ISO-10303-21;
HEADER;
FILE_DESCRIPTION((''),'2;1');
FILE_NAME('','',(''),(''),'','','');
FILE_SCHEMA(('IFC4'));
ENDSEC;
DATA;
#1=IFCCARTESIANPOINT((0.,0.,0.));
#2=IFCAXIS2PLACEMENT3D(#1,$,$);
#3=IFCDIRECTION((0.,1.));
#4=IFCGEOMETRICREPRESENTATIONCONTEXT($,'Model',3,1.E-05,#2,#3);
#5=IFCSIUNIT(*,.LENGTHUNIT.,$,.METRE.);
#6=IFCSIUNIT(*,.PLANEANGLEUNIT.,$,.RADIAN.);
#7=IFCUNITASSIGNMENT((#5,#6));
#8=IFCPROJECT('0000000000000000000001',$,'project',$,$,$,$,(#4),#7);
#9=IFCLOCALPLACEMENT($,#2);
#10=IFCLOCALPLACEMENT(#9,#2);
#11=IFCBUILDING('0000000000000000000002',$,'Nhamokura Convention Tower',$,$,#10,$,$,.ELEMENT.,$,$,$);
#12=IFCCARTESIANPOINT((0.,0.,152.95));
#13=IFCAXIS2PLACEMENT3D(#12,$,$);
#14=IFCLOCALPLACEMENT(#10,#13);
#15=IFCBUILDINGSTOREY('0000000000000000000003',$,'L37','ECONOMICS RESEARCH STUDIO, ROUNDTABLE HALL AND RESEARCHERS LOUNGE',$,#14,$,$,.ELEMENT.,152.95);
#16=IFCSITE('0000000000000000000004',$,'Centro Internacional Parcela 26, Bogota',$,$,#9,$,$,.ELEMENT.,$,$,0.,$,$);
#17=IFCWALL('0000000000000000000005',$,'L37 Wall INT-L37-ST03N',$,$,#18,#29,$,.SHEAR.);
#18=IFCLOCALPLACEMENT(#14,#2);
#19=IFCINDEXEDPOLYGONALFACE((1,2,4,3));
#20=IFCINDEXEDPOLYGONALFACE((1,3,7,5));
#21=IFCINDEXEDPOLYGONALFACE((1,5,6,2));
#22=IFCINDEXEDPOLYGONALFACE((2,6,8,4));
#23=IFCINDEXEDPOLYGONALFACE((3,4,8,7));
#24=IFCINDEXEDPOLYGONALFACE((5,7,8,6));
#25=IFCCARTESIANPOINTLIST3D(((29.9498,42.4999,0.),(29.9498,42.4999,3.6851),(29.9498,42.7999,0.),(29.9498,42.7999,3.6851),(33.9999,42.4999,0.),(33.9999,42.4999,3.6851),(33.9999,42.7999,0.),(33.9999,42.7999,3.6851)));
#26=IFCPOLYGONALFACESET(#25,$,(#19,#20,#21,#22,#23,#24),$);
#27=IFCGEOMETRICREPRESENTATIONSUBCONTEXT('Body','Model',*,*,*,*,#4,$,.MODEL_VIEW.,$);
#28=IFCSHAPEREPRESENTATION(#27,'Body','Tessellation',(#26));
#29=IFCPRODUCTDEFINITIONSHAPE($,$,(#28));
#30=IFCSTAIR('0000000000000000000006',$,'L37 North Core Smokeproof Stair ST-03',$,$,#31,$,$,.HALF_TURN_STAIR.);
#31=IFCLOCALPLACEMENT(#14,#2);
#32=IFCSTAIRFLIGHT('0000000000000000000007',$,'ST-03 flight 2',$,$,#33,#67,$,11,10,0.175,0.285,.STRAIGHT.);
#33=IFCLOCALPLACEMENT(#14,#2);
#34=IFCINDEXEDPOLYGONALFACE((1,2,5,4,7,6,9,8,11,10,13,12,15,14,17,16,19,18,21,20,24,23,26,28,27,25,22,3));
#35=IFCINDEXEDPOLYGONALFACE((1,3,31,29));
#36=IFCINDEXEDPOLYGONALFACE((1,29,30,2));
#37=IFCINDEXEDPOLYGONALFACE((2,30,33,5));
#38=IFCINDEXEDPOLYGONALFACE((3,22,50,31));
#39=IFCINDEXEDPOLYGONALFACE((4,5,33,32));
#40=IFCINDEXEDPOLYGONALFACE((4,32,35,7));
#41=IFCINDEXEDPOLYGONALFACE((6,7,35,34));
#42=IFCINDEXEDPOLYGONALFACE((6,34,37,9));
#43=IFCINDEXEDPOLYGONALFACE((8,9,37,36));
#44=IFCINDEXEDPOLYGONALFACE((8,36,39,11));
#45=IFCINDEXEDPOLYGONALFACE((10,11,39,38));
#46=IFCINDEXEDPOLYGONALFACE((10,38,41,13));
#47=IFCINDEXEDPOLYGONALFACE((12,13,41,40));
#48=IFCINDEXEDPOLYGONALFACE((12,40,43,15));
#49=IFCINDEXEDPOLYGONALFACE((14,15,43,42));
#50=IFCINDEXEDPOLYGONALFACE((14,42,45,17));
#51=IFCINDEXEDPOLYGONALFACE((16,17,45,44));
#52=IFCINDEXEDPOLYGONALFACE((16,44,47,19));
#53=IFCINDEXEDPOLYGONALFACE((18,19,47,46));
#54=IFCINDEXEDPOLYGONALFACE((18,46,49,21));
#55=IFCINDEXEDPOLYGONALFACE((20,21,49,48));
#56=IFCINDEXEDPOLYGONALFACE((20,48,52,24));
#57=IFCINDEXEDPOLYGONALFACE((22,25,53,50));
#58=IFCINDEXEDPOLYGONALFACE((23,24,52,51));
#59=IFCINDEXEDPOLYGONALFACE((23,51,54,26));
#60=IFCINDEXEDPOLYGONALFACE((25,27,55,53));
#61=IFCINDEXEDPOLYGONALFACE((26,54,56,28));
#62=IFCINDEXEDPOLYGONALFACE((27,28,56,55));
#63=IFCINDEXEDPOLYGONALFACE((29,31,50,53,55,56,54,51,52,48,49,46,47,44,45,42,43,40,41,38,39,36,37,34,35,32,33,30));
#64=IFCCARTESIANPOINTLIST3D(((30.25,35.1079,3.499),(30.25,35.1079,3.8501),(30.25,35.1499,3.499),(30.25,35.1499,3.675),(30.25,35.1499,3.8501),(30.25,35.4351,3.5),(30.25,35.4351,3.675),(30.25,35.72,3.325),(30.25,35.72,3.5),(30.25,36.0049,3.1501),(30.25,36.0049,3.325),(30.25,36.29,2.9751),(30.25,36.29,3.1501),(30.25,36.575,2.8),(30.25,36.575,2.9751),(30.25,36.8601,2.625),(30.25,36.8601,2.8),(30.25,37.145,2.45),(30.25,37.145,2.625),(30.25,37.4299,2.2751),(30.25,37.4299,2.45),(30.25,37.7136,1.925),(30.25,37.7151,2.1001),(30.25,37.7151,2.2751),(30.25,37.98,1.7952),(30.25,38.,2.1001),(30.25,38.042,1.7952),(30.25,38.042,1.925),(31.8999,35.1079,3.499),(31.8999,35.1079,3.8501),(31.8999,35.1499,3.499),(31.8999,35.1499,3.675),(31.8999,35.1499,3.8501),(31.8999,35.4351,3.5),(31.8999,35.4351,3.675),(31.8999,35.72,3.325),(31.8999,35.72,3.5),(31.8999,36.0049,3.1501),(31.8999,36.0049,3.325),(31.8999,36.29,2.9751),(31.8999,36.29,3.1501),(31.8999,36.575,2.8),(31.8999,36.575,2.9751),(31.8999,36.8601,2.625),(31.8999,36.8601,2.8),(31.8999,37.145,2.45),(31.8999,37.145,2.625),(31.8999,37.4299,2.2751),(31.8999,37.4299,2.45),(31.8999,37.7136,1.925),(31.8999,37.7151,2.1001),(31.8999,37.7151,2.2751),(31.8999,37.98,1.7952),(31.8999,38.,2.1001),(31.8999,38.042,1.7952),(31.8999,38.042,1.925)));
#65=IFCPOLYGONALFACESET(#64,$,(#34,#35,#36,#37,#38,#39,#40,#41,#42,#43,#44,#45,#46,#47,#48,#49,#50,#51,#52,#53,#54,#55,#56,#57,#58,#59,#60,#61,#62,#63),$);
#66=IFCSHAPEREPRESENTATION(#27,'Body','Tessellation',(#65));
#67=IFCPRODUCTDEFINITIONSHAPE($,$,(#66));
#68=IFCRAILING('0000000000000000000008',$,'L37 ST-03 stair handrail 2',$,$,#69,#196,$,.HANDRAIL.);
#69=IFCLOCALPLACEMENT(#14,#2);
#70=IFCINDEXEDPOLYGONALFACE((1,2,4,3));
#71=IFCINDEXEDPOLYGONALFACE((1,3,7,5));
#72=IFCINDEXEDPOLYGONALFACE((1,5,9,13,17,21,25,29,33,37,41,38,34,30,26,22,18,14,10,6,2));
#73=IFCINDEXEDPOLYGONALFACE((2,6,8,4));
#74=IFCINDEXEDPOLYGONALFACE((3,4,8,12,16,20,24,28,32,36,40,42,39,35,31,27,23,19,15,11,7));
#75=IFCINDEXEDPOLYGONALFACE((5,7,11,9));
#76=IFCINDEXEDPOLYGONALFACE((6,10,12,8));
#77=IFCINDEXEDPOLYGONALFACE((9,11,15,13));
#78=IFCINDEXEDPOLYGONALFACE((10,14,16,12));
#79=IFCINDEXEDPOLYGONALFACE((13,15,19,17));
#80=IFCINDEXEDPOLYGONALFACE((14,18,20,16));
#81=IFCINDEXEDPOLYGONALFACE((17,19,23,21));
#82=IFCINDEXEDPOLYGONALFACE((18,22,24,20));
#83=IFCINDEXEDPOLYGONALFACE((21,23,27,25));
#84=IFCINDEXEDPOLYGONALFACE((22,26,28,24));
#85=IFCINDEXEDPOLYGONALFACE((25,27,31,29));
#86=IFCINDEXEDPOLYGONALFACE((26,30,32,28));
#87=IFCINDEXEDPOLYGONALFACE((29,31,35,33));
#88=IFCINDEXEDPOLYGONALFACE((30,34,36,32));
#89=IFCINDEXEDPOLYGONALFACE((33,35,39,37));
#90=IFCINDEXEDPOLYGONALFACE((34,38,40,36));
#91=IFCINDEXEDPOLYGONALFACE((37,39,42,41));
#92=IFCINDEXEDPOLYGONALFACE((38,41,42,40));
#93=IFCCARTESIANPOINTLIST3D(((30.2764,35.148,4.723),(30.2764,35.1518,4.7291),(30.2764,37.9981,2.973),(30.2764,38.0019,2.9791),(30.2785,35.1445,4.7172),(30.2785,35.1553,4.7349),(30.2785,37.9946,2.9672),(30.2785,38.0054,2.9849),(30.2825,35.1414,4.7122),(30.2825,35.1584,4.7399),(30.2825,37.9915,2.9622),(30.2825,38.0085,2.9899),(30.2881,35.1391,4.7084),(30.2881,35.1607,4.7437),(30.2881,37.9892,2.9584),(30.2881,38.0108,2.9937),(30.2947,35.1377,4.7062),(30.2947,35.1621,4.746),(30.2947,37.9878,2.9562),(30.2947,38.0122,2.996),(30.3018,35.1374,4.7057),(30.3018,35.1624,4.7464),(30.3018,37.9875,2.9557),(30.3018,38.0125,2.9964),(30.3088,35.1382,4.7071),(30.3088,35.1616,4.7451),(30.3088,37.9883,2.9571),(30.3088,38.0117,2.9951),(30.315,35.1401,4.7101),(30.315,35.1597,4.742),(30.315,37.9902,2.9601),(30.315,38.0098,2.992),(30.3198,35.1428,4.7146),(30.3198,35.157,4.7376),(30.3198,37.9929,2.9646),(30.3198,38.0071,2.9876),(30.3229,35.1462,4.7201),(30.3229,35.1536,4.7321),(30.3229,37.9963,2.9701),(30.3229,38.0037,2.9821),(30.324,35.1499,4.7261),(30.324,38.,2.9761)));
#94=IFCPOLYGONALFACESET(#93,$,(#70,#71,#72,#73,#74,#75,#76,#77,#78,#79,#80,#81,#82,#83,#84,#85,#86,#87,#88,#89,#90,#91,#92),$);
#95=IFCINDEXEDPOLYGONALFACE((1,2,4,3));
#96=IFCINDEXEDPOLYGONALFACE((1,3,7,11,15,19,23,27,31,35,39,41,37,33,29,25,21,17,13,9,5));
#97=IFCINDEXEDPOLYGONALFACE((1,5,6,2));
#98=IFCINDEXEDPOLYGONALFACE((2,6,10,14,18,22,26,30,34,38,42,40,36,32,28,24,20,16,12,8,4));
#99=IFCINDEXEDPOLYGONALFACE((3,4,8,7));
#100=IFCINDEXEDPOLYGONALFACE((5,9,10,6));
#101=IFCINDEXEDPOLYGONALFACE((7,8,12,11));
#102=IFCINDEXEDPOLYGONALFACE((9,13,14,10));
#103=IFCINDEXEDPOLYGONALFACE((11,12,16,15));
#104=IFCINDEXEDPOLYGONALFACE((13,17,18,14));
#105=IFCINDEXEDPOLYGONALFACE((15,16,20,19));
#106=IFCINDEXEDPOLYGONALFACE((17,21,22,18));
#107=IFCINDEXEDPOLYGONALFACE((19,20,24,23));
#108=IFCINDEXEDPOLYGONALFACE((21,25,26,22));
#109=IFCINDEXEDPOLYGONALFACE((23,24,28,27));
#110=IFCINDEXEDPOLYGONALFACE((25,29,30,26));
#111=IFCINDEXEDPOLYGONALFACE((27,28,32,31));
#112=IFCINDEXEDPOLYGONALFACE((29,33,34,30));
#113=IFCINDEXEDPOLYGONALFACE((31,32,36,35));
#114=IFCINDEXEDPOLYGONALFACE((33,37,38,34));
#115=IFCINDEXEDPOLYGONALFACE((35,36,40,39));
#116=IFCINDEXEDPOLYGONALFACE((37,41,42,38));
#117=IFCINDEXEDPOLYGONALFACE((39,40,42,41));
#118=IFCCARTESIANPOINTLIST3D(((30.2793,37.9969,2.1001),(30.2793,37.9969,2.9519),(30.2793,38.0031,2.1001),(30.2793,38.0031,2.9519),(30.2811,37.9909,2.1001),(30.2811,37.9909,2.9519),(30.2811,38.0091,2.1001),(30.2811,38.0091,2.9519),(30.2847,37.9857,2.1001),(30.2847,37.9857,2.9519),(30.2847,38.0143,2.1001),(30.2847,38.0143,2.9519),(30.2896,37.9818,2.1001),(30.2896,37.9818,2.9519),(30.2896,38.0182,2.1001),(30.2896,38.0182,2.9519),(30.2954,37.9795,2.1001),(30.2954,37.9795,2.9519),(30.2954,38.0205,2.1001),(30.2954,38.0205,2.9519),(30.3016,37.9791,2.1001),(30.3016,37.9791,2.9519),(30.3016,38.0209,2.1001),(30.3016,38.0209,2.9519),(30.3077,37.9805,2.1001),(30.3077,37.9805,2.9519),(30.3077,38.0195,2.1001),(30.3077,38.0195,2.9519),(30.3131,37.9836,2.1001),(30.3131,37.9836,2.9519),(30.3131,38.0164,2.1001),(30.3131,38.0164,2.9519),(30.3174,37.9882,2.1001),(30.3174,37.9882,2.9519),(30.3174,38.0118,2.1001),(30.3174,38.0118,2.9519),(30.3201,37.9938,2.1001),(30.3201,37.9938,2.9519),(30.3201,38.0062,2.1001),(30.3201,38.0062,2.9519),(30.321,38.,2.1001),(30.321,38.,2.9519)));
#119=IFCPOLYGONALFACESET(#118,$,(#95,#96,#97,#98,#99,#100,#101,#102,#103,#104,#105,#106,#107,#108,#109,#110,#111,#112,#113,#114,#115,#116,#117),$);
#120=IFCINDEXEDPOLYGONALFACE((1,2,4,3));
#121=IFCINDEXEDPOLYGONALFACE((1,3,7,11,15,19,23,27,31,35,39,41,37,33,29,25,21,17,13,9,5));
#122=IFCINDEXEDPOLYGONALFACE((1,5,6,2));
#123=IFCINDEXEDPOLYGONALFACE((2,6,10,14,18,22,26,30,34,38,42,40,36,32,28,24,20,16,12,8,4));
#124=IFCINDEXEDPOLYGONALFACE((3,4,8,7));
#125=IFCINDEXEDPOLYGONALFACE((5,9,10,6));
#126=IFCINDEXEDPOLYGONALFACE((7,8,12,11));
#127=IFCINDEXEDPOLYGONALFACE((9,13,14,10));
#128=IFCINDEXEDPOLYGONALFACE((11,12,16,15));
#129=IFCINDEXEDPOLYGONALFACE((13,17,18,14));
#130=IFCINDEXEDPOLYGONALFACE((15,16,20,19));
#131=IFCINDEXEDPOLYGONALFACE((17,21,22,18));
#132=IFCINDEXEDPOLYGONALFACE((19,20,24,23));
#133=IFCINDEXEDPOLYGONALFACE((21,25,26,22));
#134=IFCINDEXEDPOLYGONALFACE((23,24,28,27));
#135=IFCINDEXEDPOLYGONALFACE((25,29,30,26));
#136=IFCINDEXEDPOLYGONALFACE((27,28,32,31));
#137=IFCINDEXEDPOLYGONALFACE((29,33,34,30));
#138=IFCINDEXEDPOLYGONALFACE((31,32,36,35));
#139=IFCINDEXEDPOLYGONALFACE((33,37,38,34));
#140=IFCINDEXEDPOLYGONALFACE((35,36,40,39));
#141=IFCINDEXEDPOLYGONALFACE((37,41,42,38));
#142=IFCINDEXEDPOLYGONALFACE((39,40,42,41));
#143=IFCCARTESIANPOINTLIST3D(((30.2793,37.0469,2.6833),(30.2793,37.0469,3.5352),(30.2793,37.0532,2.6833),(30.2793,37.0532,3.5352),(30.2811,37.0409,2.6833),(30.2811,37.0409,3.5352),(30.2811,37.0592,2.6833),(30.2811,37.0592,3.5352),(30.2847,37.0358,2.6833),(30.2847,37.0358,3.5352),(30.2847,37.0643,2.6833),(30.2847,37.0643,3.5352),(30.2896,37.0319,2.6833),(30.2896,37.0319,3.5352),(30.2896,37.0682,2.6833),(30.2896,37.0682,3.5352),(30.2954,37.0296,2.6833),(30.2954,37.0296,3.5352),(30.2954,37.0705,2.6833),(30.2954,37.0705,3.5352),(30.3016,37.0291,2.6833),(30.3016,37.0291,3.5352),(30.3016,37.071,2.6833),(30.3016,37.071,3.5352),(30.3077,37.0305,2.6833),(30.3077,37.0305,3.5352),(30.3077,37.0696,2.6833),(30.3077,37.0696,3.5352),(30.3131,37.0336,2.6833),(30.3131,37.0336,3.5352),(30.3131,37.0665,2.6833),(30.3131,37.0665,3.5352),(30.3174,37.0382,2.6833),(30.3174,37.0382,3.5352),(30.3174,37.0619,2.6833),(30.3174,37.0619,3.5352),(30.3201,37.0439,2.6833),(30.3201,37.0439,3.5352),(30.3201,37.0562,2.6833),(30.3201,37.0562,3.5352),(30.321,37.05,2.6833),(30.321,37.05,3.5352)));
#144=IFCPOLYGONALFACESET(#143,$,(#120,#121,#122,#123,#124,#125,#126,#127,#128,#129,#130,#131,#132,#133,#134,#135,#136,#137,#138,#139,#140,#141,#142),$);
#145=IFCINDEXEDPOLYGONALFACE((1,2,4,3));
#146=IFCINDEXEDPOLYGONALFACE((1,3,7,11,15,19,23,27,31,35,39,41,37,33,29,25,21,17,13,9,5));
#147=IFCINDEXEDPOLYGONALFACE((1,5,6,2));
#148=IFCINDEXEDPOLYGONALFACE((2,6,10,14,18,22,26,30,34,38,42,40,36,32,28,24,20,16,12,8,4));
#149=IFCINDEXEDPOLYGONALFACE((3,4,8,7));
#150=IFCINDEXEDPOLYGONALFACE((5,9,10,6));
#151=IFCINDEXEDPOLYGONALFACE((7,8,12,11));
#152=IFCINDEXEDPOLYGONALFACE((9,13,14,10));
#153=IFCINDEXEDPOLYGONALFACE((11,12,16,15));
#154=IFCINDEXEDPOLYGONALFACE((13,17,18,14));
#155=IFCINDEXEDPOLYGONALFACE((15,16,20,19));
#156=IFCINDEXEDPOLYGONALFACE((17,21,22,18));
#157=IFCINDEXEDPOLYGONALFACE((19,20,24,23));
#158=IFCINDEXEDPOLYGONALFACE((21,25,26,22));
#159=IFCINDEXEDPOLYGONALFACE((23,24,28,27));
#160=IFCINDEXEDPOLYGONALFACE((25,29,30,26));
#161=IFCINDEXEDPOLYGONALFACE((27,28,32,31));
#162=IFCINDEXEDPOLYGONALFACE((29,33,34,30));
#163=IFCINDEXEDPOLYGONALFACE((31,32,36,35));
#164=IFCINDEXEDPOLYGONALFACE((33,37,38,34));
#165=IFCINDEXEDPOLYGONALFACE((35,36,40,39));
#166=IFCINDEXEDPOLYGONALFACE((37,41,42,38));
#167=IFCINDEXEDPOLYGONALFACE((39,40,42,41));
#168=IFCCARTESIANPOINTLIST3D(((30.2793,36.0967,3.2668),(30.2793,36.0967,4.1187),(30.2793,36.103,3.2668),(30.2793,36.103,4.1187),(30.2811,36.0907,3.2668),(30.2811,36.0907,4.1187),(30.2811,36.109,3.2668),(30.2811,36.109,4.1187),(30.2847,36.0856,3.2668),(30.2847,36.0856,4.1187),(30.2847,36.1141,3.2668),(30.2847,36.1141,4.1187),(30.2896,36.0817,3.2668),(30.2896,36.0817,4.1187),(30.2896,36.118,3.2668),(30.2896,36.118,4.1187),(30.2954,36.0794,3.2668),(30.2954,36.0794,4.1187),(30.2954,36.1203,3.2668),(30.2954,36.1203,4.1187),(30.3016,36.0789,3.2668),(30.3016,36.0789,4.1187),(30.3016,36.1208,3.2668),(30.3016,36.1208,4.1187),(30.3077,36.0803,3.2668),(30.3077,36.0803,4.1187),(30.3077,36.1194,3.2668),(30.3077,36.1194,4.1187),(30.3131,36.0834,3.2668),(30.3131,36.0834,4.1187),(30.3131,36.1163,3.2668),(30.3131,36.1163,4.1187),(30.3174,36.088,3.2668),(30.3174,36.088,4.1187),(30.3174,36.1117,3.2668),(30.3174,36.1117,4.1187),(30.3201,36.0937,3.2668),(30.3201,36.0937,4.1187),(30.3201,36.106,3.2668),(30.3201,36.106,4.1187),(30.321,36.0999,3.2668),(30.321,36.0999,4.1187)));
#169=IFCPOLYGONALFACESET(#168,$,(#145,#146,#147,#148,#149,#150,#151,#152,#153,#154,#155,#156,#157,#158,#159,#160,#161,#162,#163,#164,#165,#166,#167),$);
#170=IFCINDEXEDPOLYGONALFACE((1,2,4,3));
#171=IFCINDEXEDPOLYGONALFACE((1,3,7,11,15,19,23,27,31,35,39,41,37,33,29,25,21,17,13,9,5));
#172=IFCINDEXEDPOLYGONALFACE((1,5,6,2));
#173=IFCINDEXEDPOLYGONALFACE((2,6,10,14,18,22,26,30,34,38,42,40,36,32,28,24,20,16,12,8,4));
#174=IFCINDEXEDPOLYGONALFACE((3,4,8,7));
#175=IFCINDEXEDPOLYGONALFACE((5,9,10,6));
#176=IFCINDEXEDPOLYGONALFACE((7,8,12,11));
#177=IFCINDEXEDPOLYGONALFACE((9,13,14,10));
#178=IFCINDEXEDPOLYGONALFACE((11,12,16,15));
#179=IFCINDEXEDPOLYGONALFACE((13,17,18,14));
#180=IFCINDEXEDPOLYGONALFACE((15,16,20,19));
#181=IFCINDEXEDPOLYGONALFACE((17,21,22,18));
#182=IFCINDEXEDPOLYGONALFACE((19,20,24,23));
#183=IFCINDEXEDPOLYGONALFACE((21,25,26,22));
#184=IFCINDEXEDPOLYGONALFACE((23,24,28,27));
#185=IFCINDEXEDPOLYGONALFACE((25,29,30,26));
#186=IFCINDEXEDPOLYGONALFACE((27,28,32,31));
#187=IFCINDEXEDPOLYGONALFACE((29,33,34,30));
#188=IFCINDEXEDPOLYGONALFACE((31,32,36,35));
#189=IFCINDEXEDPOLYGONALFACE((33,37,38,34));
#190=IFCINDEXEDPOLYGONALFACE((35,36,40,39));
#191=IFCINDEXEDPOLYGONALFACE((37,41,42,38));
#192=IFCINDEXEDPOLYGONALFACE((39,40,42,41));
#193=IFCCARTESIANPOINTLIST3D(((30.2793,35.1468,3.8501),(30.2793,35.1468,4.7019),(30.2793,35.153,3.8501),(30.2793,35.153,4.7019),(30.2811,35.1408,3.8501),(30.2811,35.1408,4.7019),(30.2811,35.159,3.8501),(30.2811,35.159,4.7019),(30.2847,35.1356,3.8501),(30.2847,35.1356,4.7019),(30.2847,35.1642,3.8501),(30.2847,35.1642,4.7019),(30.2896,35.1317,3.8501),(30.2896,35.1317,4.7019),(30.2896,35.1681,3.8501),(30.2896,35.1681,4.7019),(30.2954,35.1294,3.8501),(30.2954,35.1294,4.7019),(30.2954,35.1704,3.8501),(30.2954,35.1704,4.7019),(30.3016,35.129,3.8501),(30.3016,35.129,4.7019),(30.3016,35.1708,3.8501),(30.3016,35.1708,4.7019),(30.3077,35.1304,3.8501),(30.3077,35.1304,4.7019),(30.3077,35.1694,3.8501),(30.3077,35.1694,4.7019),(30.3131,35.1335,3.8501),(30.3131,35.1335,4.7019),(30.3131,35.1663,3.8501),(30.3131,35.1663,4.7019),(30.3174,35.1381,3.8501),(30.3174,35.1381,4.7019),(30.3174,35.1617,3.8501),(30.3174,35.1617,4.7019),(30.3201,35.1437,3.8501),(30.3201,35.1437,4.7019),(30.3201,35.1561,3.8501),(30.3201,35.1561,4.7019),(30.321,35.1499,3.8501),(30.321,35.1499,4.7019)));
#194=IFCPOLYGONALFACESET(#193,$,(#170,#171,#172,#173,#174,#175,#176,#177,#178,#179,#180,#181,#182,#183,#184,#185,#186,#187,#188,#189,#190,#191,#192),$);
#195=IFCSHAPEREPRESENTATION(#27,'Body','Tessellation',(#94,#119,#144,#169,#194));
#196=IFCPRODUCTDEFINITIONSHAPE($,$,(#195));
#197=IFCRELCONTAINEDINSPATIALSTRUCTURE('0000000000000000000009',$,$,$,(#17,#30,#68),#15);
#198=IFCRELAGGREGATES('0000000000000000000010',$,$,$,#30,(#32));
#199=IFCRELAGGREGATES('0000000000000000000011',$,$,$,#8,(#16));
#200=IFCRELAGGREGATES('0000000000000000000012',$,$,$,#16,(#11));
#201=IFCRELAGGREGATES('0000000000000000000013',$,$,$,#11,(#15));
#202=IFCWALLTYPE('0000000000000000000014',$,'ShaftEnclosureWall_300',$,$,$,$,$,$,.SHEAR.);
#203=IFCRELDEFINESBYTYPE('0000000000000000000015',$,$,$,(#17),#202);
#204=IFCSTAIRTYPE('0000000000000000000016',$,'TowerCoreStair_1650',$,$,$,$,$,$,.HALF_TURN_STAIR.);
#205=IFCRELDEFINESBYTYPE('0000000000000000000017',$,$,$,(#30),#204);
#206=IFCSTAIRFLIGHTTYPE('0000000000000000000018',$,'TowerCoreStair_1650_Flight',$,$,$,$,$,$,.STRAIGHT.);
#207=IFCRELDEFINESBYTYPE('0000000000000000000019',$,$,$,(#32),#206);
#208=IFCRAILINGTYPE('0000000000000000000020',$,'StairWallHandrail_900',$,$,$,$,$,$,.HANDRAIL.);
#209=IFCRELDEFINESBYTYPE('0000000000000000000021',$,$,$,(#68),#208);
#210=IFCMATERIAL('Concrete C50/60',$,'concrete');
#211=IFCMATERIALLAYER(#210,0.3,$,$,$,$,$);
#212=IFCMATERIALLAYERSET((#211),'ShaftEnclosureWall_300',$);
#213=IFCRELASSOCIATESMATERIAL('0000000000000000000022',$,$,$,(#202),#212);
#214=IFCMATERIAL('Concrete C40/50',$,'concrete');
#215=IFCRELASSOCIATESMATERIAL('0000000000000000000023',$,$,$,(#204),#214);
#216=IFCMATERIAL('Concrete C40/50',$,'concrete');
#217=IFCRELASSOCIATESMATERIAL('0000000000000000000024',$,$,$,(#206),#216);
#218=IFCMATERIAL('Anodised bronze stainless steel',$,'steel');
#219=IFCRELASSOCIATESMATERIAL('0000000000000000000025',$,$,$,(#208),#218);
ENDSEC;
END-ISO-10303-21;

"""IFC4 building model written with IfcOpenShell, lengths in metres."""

from ifc_helpers import new_model, si_unit, direction, frame, frame_2d, origin, origin_2d, place, context, subcontext, project, spatial, polyline, rectangle, circle, outline, extrude, material, layer, layer_set, type_object, element, aggregate, save


model = new_model("IFC4")

# Units and contexts
model_context = context("Model", 3, precision=1e-05, world=origin(), true_north=direction((0.0, 1.0)))
body_context = subcontext(model_context, "Body", "Model", "MODEL_VIEW")
ifc_project = project(units=[si_unit("LENGTHUNIT", "METRE"), si_unit("PLANEANGLEUNIT", "RADIAN")], contexts=[model_context])

# Site, building, storey
site_placement = place(None, origin())
site = spatial("IfcSite", under=ifc_project, at=site_placement, Name="Centro Internacional Parcela 26, Bogota", CompositionType="ELEMENT", RefElevation=0.0)
building_placement = place(site_placement, origin())
building = spatial("IfcBuilding", under=site, at=building_placement, Name="Nhamokura Convention Tower", CompositionType="ELEMENT")
storey_placement = place(building_placement, frame((0.0, 0.0, 152.95)))
storey = spatial("IfcBuildingStorey", under=building, at=storey_placement, Name="L37", Description="ECONOMICS RESEARCH STUDIO, ROUNDTABLE HALL AND RESEARCHERS LOUNGE", CompositionType="ELEMENT", Elevation=152.95)

# Shared definitions
ifc_material_1 = material(Name="Concrete C50/60", Category="concrete")
ifc_layer_1 = layer(ifc_material_1, 0.3)
ifc_layer_set_1 = layer_set([ifc_layer_1], Name="ShaftEnclosureWall_300")
wall_type_1 = type_object("IfcWallType", Name="ShaftEnclosureWall_300", PredefinedType="SHEAR", material=ifc_layer_set_1)

# Wall
wall_1_placement = place(storey_placement, frame((29.95, 42.6499, 0.0), z_axis=(0.0, 0.0, 1.0), x_axis=(1.0, 0.0, 0.0)))
element("IfcWall", 1, at=wall_1_placement, inside=storey, type_object=wall_type_1, Name="L37 Wall INT-L37-ST03N", PredefinedType="SHEAR", context=body_context, shape_type="SweptSolid", body=[
    extrude(rectangle(XDim=4.05, YDim=0.3, at=frame_2d((2.0249, 0.0))), origin(), (0.0, 0.0, 1.0), 3.6851),
])

# Stair, stair flight
ifc_material_2 = material(Name="Concrete C40/50", Category="concrete")
stair_type = type_object("IfcStairType", Name="TowerCoreStair_1650", PredefinedType="HALF_TURN_STAIR", material=ifc_material_2)
stair_placement = place(storey_placement, origin())
stair = element("IfcStair", 2, at=stair_placement, inside=storey, type_object=stair_type, Name="L37 North Core Smokeproof Stair ST-03", PredefinedType="HALF_TURN_STAIR")
ifc_material_3 = material(Name="Concrete C40/50", Category="concrete")
stair_flight_type = type_object("IfcStairFlightType", Name="TowerCoreStair_1650_Flight", PredefinedType="STRAIGHT", material=ifc_material_3)
stair_flight_placement = place(storey_placement, frame((31.075, 38.0, 1.925), z_axis=(0.0, 0.0, 1.0), x_axis=(0.0, -1.0, 0.0)))
stair_flight = element("IfcStairFlight", 3, at=stair_flight_placement, type_object=stair_flight_type, Name="ST-03 flight 2", NumberOfRisers=11, NumberOfTreads=10, PredefinedType="STRAIGHT", RiserHeight=0.175, TreadLength=0.285, context=body_context, shape_type="SweptSolid", body=[
    extrude(outline(polyline([(-0.042, 0.0), (0.0, 0.175), (0.2849, 0.175), (0.2849, 0.3501), (0.5701, 0.3501), (0.5701, 0.5249), (0.855, 0.5249), (0.855, 0.7), (1.1399, 0.7), (1.1399, 0.875), (1.425, 0.875), (1.425, 1.05), (1.71, 1.05), (1.71, 1.2251), (1.9951, 1.2251), (1.9951, 1.3999), (2.28, 1.3999), (2.28, 1.575), (2.5649, 1.575), (2.5649, 1.75), (2.8501, 1.75), (2.8501, 1.925), (2.8921, 1.925), (2.8921, 1.574), (2.8501, 1.574), (0.2864, 0.0), (0.02, -0.1299), (-0.042, -0.1299), (-0.042, 0.0)])), frame((0.0, 0.825, 0.0), z_axis=(0.0, -1.0, 0.0), x_axis=(1.0, 0.0, 0.0)), (0.0, 0.0, 1.0), 1.6499),
])
aggregate(stair, [stair_flight])

# Railing
ifc_material_4 = material(Name="Anodised bronze stainless steel", Category="steel")
railing_type = type_object("IfcRailingType", Name="StairWallHandrail_900", PredefinedType="HANDRAIL", material=ifc_material_4)
railing_placement = place(storey_placement, frame((30.3, 38.0, 2.1001)))
element("IfcRailing", 4, at=railing_placement, inside=storey, type_object=railing_type, Name="L37 ST-03 stair handrail 2", PredefinedType="HANDRAIL", context=body_context, shape_type="SweptSolid", body=[
    extrude(circle(Radius=0.0239, at=origin_2d()), frame((0.0, 0.0, 0.876), z_axis=(0.0, -0.852179, 0.52325), x_axis=(1.0, 0.0, 0.0)), (0.0, 0.0, 1.0), 3.3445),
    extrude(circle(Radius=0.021, at=origin_2d()), origin(), (0.0, 0.0, 1.0), 0.8518),
    extrude(circle(Radius=0.021, at=origin_2d()), frame((0.0, -0.95, 0.5833)), (0.0, 0.0, 1.0), 0.8518),
    extrude(circle(Radius=0.021, at=origin_2d()), frame((0.0, -1.9001, 1.1667)), (0.0, 0.0, 1.0), 0.8518),
    extrude(circle(Radius=0.021, at=origin_2d()), frame((0.0, -2.8501, 1.75)), (0.0, 0.0, 1.0), 0.8518),
])

save(model, "model.ifc")
